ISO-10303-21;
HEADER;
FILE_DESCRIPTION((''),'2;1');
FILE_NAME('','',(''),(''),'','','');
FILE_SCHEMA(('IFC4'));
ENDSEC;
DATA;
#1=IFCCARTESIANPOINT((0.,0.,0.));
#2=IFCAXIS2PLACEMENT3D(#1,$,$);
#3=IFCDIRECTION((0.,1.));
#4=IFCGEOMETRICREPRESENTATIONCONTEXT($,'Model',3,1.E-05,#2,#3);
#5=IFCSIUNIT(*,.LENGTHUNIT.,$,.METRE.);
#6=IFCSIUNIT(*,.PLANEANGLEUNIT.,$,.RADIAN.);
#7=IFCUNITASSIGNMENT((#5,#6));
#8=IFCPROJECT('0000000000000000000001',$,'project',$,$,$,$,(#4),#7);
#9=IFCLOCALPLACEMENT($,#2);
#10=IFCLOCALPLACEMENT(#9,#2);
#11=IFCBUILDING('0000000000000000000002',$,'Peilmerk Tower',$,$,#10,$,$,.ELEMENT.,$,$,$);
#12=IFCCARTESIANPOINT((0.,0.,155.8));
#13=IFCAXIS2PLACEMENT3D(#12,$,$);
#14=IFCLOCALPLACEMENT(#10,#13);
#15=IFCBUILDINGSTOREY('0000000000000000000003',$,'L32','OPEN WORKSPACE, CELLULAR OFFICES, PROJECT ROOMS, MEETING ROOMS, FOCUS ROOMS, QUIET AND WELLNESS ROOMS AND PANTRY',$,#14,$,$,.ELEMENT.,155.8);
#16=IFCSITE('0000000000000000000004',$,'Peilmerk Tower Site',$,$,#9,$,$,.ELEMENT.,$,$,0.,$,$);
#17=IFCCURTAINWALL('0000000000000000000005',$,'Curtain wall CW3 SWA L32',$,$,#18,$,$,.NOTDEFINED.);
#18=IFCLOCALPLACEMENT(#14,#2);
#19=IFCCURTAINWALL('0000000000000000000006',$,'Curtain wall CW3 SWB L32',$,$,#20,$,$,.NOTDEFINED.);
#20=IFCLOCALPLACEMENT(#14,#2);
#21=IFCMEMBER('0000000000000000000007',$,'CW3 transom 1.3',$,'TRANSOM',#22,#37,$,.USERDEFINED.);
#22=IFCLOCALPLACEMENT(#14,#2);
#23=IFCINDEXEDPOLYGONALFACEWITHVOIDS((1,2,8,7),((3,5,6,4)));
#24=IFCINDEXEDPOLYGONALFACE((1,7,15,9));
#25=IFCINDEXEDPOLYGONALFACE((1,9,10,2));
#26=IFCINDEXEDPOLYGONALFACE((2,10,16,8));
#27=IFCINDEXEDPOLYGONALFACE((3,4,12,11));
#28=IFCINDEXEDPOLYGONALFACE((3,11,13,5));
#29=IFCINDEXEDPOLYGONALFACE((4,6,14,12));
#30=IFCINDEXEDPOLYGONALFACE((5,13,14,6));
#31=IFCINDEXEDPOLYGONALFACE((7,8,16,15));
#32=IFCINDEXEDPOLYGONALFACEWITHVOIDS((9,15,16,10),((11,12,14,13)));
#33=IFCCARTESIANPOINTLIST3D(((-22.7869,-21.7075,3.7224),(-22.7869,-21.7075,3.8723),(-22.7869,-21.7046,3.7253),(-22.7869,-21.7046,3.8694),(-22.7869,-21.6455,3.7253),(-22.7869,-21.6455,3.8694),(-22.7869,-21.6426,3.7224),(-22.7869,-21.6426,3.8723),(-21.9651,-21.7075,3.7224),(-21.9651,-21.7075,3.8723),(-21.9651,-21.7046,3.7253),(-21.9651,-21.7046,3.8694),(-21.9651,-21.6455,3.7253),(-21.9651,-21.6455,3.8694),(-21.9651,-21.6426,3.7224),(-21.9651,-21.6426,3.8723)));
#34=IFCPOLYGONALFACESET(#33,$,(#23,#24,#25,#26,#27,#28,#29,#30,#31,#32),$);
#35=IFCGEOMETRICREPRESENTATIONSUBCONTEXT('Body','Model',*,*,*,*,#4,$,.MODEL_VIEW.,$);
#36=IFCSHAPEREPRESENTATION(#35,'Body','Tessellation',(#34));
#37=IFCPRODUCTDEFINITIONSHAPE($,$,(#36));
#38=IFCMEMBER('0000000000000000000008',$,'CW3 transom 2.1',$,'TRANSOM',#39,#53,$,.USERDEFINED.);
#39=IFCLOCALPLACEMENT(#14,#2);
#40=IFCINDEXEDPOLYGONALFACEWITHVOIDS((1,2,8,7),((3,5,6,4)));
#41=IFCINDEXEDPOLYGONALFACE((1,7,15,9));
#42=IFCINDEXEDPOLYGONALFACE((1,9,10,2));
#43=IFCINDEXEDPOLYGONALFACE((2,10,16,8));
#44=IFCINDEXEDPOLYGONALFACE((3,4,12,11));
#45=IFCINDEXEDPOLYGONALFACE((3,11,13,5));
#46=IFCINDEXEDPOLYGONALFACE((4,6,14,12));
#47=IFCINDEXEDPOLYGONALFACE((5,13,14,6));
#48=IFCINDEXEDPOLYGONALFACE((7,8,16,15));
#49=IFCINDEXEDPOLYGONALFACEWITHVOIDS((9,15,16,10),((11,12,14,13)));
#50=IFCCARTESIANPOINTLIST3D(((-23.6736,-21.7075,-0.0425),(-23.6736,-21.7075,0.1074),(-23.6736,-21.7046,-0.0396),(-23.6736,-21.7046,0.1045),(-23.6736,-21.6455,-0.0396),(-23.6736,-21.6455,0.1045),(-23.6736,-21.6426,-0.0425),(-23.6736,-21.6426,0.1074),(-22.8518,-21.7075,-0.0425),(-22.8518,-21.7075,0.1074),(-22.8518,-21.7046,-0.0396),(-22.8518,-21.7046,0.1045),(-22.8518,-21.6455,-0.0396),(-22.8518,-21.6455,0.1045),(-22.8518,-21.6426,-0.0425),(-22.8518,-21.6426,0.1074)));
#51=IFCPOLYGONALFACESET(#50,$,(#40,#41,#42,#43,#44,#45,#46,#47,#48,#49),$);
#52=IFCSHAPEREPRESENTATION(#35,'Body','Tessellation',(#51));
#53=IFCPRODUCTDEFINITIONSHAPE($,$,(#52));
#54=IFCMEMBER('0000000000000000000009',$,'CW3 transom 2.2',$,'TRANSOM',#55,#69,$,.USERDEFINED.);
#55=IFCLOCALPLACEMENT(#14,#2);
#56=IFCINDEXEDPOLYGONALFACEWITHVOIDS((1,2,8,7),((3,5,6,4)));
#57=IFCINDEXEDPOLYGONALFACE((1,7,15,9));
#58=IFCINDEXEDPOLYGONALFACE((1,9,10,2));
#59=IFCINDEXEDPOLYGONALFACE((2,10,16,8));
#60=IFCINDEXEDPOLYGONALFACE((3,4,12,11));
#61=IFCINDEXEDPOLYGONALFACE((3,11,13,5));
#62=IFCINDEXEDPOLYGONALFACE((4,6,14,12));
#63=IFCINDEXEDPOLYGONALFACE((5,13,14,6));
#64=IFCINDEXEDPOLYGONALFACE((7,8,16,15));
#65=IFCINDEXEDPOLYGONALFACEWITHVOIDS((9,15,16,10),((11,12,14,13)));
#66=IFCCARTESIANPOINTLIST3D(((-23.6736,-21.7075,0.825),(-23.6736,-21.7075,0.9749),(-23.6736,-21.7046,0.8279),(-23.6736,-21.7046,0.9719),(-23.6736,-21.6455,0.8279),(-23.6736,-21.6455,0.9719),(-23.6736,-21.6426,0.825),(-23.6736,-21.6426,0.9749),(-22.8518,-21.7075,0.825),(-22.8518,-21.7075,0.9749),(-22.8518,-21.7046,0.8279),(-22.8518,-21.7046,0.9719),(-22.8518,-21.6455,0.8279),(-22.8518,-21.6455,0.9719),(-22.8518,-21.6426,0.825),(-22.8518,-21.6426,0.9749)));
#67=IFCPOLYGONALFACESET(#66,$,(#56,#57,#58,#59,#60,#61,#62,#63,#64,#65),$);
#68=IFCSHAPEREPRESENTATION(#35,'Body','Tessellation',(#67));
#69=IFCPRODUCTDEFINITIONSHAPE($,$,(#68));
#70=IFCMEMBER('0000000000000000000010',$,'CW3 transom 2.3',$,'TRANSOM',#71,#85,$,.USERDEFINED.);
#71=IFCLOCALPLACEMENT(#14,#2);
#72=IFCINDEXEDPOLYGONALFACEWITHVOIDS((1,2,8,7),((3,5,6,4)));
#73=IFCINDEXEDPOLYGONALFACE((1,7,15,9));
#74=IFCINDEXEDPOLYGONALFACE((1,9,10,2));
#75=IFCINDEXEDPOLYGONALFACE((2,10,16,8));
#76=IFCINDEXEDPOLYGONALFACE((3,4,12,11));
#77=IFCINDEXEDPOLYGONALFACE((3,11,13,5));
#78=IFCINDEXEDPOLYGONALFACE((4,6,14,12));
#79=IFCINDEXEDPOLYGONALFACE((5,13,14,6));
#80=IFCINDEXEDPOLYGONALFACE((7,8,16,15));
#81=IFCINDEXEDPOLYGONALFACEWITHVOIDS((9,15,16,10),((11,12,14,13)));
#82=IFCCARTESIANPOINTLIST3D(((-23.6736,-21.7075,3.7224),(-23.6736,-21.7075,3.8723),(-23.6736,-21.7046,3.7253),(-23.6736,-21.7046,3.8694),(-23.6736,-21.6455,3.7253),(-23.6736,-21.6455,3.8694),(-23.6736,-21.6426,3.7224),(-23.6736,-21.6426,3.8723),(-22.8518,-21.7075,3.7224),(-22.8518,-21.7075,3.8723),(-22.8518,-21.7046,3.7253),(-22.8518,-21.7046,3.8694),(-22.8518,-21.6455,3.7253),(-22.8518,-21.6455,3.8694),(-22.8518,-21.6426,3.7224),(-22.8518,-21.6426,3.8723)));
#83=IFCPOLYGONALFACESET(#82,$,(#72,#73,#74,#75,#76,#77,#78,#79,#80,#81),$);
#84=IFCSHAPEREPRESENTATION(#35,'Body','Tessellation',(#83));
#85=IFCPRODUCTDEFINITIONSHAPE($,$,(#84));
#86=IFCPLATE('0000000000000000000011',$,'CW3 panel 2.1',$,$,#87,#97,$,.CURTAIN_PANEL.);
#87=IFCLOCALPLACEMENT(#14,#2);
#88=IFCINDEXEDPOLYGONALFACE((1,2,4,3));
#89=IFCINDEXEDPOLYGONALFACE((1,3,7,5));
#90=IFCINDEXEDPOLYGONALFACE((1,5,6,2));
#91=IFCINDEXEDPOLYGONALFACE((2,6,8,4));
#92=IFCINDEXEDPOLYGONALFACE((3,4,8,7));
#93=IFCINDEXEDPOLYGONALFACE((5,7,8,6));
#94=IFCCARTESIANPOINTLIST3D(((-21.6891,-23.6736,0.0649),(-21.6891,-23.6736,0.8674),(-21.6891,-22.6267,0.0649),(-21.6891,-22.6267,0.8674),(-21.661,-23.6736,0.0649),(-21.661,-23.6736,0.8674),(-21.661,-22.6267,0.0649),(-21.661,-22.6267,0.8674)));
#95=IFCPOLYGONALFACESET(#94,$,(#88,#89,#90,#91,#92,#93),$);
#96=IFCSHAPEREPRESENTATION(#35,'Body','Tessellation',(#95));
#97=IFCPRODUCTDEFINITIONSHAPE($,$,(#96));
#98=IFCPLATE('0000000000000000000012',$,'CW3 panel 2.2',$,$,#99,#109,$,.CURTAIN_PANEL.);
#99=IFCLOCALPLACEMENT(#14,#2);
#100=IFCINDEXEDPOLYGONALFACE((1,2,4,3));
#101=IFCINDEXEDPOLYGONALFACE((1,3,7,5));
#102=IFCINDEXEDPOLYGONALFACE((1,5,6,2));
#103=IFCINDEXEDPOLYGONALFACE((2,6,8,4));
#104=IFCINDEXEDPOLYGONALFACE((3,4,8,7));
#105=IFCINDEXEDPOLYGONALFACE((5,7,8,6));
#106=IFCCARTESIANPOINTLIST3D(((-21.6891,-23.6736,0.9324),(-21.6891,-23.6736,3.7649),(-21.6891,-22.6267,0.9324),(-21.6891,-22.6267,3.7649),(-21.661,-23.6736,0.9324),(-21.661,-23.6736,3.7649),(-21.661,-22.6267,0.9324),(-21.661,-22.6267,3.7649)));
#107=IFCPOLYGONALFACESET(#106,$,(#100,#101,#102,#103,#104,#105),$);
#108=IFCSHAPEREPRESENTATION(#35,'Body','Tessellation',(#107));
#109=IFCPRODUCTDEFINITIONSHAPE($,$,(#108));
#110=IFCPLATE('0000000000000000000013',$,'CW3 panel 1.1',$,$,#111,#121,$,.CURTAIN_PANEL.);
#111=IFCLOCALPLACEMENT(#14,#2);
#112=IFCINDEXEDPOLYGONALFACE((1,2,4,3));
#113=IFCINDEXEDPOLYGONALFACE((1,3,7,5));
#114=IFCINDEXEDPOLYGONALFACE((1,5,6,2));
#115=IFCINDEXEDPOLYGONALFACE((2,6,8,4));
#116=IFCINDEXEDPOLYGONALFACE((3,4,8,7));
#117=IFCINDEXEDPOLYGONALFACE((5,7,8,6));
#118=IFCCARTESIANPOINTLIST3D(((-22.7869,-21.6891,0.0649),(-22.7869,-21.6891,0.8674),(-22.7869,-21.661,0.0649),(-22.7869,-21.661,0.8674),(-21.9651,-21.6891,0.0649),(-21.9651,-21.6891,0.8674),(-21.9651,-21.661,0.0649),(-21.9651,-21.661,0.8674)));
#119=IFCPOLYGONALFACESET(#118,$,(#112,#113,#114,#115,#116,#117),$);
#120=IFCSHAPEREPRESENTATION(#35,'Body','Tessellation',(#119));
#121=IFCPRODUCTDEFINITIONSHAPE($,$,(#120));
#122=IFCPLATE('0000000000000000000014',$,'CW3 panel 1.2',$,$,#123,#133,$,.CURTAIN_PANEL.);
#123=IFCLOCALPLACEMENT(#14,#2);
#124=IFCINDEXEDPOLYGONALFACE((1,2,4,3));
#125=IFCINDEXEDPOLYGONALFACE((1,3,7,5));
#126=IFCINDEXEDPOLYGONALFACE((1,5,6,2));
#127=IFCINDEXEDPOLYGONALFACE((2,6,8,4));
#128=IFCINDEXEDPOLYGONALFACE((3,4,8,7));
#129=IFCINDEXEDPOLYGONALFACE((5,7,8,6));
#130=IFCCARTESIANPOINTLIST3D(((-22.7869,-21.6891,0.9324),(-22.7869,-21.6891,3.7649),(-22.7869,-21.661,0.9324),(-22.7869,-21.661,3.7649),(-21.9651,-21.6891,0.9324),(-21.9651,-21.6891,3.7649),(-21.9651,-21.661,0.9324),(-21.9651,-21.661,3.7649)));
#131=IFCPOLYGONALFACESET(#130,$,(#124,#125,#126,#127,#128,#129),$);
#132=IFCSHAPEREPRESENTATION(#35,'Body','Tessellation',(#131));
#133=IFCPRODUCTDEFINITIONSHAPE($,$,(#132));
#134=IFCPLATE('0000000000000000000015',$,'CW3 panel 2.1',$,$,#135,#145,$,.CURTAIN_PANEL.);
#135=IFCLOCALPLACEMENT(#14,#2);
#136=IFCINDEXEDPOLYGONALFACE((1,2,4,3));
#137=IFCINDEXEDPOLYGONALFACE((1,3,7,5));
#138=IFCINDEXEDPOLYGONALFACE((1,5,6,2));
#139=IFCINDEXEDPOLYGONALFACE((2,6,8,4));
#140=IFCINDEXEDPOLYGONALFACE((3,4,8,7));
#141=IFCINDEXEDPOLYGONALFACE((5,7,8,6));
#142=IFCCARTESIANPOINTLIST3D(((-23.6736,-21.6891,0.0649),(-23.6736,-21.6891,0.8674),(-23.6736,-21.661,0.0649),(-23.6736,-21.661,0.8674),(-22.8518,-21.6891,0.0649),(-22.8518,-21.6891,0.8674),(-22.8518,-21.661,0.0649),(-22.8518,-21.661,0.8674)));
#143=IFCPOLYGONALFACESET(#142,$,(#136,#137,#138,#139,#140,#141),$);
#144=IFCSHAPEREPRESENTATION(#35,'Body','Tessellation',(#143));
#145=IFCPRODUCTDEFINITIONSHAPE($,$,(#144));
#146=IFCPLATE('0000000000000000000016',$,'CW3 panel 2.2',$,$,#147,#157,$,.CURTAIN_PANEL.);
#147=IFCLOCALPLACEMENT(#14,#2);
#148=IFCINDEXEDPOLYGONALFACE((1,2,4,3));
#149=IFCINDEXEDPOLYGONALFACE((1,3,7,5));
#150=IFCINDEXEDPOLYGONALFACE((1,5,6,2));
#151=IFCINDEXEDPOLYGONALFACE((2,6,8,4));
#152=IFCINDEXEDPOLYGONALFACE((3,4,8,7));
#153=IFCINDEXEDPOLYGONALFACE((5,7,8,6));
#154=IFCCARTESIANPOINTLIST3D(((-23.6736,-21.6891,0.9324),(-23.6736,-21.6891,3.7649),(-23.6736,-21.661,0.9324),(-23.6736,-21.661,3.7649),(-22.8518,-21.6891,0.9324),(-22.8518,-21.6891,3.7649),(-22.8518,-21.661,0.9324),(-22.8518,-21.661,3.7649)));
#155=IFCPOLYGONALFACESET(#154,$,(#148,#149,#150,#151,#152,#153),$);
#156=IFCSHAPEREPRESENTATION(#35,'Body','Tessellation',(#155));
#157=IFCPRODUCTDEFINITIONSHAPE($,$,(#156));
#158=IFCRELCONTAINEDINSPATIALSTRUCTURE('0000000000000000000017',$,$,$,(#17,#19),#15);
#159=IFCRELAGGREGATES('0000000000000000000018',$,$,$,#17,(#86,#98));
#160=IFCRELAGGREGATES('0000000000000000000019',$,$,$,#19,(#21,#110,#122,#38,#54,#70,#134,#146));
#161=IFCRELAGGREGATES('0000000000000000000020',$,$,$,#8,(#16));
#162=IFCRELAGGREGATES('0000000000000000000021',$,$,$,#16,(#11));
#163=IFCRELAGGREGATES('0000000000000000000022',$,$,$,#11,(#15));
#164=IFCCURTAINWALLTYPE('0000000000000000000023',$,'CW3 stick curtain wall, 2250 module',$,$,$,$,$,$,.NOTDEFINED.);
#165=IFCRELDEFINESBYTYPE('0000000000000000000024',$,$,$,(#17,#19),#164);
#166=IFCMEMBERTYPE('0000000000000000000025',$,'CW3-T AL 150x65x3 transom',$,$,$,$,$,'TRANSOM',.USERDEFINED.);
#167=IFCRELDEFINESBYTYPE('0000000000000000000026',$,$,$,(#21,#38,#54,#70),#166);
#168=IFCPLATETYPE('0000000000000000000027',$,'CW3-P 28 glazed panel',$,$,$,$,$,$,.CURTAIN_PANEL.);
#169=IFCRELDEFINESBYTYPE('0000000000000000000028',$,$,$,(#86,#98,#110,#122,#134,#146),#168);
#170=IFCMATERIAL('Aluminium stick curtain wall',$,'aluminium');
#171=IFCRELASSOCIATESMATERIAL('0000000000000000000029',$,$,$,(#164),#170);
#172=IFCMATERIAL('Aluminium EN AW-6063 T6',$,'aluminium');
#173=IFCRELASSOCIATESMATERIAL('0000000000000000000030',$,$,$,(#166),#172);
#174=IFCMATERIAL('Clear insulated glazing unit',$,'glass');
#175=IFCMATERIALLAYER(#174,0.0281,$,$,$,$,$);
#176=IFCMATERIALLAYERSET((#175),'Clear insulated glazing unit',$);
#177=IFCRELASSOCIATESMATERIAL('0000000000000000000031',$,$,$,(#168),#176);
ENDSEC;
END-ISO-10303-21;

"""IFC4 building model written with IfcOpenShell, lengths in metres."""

from ifc_helpers import new_model, si_unit, direction, frame, origin, origin_2d, place, context, subcontext, project, spatial, rectangle, hollow_rectangle, extrude, material, layer, layer_set, material_profile, profile_set, type_object, element, aggregate, save


model = new_model("IFC4")

# Units and contexts
model_context = context("Model", 3, precision=1e-05, world=origin(), true_north=direction((0.0, 1.0)))
body_context = subcontext(model_context, "Body", "Model", "MODEL_VIEW")
ifc_project = project(units=[si_unit("LENGTHUNIT", "METRE"), si_unit("PLANEANGLEUNIT", "RADIAN")], contexts=[model_context])

# Site, building, storey
site_placement = place(None, origin())
site = spatial("IfcSite", under=ifc_project, at=site_placement, Name="Peilmerk Tower Site", CompositionType="ELEMENT", RefElevation=0.0)
building_placement = place(site_placement, origin())
building = spatial("IfcBuilding", under=site, at=building_placement, Name="Peilmerk Tower", CompositionType="ELEMENT")
storey_placement = place(building_placement, frame((0.0, 0.0, 155.8)))
storey = spatial("IfcBuildingStorey", under=building, at=storey_placement, Name="L32", Description="OPEN WORKSPACE, CELLULAR OFFICES, PROJECT ROOMS, MEETING ROOMS, FOCUS ROOMS, QUIET AND WELLNESS ROOMS AND PANTRY", CompositionType="ELEMENT", Elevation=155.8)

# Curtain wall
ifc_material_1 = material(Name="Aluminium stick curtain wall", Category="aluminium")
curtain_wall_type = type_object("IfcCurtainWallType", Name="CW3 stick curtain wall, 2250 module", PredefinedType="NOTDEFINED", material=ifc_material_1)
curtain_wall_1_placement = place(storey_placement, origin())
curtain_wall_1 = element("IfcCurtainWall", 1, at=curtain_wall_1_placement, inside=storey, type_object=curtain_wall_type, Name="Curtain wall CW3 SWA L32", PredefinedType="NOTDEFINED")
ifc_material_2 = material(Name="Aluminium EN AW-6063 T6", Category="aluminium")

# Curtain wall
curtain_wall_2_placement = place(storey_placement, origin())
curtain_wall_2 = element("IfcCurtainWall", 2, at=curtain_wall_2_placement, inside=storey, type_object=curtain_wall_type, Name="Curtain wall CW3 SWB L32", PredefinedType="NOTDEFINED")

# Members
ifc_material_profile_1 = material_profile(ifc_material_2, hollow_rectangle(XDim=0.0649, YDim=0.1499, WallThickness=0.0029, at=origin_2d()), Name="AL 150x65x3")
ifc_profile_set_1 = profile_set([ifc_material_profile_1], Name="Aluminium EN AW-6063 T6")
member_type_1 = type_object("IfcMemberType", Name="CW3-T AL 150x65x3 transom", ElementType="TRANSOM", PredefinedType="USERDEFINED", material=ifc_profile_set_1)
member_1_placement = place(storey_placement, frame((-21.9651, -21.675, 3.7974), z_axis=(-1.0, 0.0, 0.0), x_axis=(0.0, -1.0, 0.0)))
member_1 = element("IfcMember", 3, at=member_1_placement, type_object=member_type_1, Name="CW3 transom 1.3", ObjectType="TRANSOM", PredefinedType="USERDEFINED", context=body_context, shape_type="SweptSolid", body=[
    extrude(hollow_rectangle(XDim=0.0649, YDim=0.1499, WallThickness=0.0029, at=origin_2d()), origin(), (0.0, 0.0, 1.0), 0.8218),
])
member_2_placement = place(storey_placement, frame((-22.8518, -21.675, 0.0325), z_axis=(-1.0, 0.0, 0.0), x_axis=(0.0, -1.0, 0.0)))
member_2 = element("IfcMember", 4, at=member_2_placement, type_object=member_type_1, Name="CW3 transom 2.1", ObjectType="TRANSOM", PredefinedType="USERDEFINED", context=body_context, shape_type="SweptSolid", body=[
    extrude(hollow_rectangle(XDim=0.0649, YDim=0.1499, WallThickness=0.0029, at=origin_2d()), origin(), (0.0, 0.0, 1.0), 0.8218),
])
member_3_placement = place(storey_placement, frame((-22.8518, -21.675, 0.8999), z_axis=(-1.0, 0.0, 0.0), x_axis=(0.0, -1.0, 0.0)))
member_3 = element("IfcMember", 5, at=member_3_placement, type_object=member_type_1, Name="CW3 transom 2.2", ObjectType="TRANSOM", PredefinedType="USERDEFINED", context=body_context, shape_type="SweptSolid", body=[
    extrude(hollow_rectangle(XDim=0.0649, YDim=0.1499, WallThickness=0.0029, at=origin_2d()), origin(), (0.0, 0.0, 1.0), 0.8218),
])
member_4_placement = place(storey_placement, frame((-22.8518, -21.675, 3.7974), z_axis=(-1.0, 0.0, 0.0), x_axis=(0.0, -1.0, 0.0)))
member_4 = element("IfcMember", 6, at=member_4_placement, type_object=member_type_1, Name="CW3 transom 2.3", ObjectType="TRANSOM", PredefinedType="USERDEFINED", context=body_context, shape_type="SweptSolid", body=[
    extrude(hollow_rectangle(XDim=0.0649, YDim=0.1499, WallThickness=0.0029, at=origin_2d()), origin(), (0.0, 0.0, 1.0), 0.8218),
])

# Plates
ifc_material_3 = material(Name="Clear insulated glazing unit", Category="glass")
ifc_layer_1 = layer(ifc_material_3, 0.0281)
ifc_layer_set_1 = layer_set([ifc_layer_1], Name="Clear insulated glazing unit")
plate_type = type_object("IfcPlateType", Name="CW3-P 28 glazed panel", PredefinedType="CURTAIN_PANEL", material=ifc_layer_set_1)
plate_1_placement = place(storey_placement, frame((-21.675, -23.1501, 0.0649), z_axis=(0.0, 0.0, 1.0), x_axis=(0.0, -1.0, 0.0)))
plate_1 = element("IfcPlate", 7, at=plate_1_placement, type_object=plate_type, Name="CW3 panel 2.1", PredefinedType="CURTAIN_PANEL", context=body_context, shape_type="SweptSolid", body=[
    extrude(rectangle(XDim=1.0469, YDim=0.0281, at=origin_2d()), origin(), (0.0, 0.0, 1.0), 0.8025),
])
plate_2_placement = place(storey_placement, frame((-21.675, -23.1501, 0.9324), z_axis=(0.0, 0.0, 1.0), x_axis=(0.0, -1.0, 0.0)))
plate_2 = element("IfcPlate", 8, at=plate_2_placement, type_object=plate_type, Name="CW3 panel 2.2", PredefinedType="CURTAIN_PANEL", context=body_context, shape_type="SweptSolid", body=[
    extrude(rectangle(XDim=1.0469, YDim=0.0281, at=origin_2d()), origin(), (0.0, 0.0, 1.0), 2.8325),
])
aggregate(curtain_wall_1, [plate_1, plate_2])
plate_3_placement = place(storey_placement, frame((-22.376, -21.675, 0.0649), z_axis=(0.0, 0.0, 1.0), x_axis=(-1.0, 0.0, 0.0)))
plate_3 = element("IfcPlate", 9, at=plate_3_placement, type_object=plate_type, Name="CW3 panel 1.1", PredefinedType="CURTAIN_PANEL", context=body_context, shape_type="SweptSolid", body=[
    extrude(rectangle(XDim=0.8218, YDim=0.0281, at=origin_2d()), origin(), (0.0, 0.0, 1.0), 0.8025),
])
plate_4_placement = place(storey_placement, frame((-22.376, -21.675, 0.9324), z_axis=(0.0, 0.0, 1.0), x_axis=(-1.0, 0.0, 0.0)))
plate_4 = element("IfcPlate", 10, at=plate_4_placement, type_object=plate_type, Name="CW3 panel 1.2", PredefinedType="CURTAIN_PANEL", context=body_context, shape_type="SweptSolid", body=[
    extrude(rectangle(XDim=0.8218, YDim=0.0281, at=origin_2d()), origin(), (0.0, 0.0, 1.0), 2.8325),
])
plate_5_placement = place(storey_placement, frame((-23.2627, -21.675, 0.0649), z_axis=(0.0, 0.0, 1.0), x_axis=(-1.0, 0.0, 0.0)))
plate_5 = element("IfcPlate", 11, at=plate_5_placement, type_object=plate_type, Name="CW3 panel 2.1", PredefinedType="CURTAIN_PANEL", context=body_context, shape_type="SweptSolid", body=[
    extrude(rectangle(XDim=0.8218, YDim=0.0281, at=origin_2d()), origin(), (0.0, 0.0, 1.0), 0.8025),
])
plate_6_placement = place(storey_placement, frame((-23.2627, -21.675, 0.9324), z_axis=(0.0, 0.0, 1.0), x_axis=(-1.0, 0.0, 0.0)))
plate_6 = element("IfcPlate", 12, at=plate_6_placement, type_object=plate_type, Name="CW3 panel 2.2", PredefinedType="CURTAIN_PANEL", context=body_context, shape_type="SweptSolid", body=[
    extrude(rectangle(XDim=0.8218, YDim=0.0281, at=origin_2d()), origin(), (0.0, 0.0, 1.0), 2.8325),
])
aggregate(curtain_wall_2, [member_1, plate_3, plate_4, member_2, member_3, member_4, plate_5, plate_6])

save(model, "model.ifc")
